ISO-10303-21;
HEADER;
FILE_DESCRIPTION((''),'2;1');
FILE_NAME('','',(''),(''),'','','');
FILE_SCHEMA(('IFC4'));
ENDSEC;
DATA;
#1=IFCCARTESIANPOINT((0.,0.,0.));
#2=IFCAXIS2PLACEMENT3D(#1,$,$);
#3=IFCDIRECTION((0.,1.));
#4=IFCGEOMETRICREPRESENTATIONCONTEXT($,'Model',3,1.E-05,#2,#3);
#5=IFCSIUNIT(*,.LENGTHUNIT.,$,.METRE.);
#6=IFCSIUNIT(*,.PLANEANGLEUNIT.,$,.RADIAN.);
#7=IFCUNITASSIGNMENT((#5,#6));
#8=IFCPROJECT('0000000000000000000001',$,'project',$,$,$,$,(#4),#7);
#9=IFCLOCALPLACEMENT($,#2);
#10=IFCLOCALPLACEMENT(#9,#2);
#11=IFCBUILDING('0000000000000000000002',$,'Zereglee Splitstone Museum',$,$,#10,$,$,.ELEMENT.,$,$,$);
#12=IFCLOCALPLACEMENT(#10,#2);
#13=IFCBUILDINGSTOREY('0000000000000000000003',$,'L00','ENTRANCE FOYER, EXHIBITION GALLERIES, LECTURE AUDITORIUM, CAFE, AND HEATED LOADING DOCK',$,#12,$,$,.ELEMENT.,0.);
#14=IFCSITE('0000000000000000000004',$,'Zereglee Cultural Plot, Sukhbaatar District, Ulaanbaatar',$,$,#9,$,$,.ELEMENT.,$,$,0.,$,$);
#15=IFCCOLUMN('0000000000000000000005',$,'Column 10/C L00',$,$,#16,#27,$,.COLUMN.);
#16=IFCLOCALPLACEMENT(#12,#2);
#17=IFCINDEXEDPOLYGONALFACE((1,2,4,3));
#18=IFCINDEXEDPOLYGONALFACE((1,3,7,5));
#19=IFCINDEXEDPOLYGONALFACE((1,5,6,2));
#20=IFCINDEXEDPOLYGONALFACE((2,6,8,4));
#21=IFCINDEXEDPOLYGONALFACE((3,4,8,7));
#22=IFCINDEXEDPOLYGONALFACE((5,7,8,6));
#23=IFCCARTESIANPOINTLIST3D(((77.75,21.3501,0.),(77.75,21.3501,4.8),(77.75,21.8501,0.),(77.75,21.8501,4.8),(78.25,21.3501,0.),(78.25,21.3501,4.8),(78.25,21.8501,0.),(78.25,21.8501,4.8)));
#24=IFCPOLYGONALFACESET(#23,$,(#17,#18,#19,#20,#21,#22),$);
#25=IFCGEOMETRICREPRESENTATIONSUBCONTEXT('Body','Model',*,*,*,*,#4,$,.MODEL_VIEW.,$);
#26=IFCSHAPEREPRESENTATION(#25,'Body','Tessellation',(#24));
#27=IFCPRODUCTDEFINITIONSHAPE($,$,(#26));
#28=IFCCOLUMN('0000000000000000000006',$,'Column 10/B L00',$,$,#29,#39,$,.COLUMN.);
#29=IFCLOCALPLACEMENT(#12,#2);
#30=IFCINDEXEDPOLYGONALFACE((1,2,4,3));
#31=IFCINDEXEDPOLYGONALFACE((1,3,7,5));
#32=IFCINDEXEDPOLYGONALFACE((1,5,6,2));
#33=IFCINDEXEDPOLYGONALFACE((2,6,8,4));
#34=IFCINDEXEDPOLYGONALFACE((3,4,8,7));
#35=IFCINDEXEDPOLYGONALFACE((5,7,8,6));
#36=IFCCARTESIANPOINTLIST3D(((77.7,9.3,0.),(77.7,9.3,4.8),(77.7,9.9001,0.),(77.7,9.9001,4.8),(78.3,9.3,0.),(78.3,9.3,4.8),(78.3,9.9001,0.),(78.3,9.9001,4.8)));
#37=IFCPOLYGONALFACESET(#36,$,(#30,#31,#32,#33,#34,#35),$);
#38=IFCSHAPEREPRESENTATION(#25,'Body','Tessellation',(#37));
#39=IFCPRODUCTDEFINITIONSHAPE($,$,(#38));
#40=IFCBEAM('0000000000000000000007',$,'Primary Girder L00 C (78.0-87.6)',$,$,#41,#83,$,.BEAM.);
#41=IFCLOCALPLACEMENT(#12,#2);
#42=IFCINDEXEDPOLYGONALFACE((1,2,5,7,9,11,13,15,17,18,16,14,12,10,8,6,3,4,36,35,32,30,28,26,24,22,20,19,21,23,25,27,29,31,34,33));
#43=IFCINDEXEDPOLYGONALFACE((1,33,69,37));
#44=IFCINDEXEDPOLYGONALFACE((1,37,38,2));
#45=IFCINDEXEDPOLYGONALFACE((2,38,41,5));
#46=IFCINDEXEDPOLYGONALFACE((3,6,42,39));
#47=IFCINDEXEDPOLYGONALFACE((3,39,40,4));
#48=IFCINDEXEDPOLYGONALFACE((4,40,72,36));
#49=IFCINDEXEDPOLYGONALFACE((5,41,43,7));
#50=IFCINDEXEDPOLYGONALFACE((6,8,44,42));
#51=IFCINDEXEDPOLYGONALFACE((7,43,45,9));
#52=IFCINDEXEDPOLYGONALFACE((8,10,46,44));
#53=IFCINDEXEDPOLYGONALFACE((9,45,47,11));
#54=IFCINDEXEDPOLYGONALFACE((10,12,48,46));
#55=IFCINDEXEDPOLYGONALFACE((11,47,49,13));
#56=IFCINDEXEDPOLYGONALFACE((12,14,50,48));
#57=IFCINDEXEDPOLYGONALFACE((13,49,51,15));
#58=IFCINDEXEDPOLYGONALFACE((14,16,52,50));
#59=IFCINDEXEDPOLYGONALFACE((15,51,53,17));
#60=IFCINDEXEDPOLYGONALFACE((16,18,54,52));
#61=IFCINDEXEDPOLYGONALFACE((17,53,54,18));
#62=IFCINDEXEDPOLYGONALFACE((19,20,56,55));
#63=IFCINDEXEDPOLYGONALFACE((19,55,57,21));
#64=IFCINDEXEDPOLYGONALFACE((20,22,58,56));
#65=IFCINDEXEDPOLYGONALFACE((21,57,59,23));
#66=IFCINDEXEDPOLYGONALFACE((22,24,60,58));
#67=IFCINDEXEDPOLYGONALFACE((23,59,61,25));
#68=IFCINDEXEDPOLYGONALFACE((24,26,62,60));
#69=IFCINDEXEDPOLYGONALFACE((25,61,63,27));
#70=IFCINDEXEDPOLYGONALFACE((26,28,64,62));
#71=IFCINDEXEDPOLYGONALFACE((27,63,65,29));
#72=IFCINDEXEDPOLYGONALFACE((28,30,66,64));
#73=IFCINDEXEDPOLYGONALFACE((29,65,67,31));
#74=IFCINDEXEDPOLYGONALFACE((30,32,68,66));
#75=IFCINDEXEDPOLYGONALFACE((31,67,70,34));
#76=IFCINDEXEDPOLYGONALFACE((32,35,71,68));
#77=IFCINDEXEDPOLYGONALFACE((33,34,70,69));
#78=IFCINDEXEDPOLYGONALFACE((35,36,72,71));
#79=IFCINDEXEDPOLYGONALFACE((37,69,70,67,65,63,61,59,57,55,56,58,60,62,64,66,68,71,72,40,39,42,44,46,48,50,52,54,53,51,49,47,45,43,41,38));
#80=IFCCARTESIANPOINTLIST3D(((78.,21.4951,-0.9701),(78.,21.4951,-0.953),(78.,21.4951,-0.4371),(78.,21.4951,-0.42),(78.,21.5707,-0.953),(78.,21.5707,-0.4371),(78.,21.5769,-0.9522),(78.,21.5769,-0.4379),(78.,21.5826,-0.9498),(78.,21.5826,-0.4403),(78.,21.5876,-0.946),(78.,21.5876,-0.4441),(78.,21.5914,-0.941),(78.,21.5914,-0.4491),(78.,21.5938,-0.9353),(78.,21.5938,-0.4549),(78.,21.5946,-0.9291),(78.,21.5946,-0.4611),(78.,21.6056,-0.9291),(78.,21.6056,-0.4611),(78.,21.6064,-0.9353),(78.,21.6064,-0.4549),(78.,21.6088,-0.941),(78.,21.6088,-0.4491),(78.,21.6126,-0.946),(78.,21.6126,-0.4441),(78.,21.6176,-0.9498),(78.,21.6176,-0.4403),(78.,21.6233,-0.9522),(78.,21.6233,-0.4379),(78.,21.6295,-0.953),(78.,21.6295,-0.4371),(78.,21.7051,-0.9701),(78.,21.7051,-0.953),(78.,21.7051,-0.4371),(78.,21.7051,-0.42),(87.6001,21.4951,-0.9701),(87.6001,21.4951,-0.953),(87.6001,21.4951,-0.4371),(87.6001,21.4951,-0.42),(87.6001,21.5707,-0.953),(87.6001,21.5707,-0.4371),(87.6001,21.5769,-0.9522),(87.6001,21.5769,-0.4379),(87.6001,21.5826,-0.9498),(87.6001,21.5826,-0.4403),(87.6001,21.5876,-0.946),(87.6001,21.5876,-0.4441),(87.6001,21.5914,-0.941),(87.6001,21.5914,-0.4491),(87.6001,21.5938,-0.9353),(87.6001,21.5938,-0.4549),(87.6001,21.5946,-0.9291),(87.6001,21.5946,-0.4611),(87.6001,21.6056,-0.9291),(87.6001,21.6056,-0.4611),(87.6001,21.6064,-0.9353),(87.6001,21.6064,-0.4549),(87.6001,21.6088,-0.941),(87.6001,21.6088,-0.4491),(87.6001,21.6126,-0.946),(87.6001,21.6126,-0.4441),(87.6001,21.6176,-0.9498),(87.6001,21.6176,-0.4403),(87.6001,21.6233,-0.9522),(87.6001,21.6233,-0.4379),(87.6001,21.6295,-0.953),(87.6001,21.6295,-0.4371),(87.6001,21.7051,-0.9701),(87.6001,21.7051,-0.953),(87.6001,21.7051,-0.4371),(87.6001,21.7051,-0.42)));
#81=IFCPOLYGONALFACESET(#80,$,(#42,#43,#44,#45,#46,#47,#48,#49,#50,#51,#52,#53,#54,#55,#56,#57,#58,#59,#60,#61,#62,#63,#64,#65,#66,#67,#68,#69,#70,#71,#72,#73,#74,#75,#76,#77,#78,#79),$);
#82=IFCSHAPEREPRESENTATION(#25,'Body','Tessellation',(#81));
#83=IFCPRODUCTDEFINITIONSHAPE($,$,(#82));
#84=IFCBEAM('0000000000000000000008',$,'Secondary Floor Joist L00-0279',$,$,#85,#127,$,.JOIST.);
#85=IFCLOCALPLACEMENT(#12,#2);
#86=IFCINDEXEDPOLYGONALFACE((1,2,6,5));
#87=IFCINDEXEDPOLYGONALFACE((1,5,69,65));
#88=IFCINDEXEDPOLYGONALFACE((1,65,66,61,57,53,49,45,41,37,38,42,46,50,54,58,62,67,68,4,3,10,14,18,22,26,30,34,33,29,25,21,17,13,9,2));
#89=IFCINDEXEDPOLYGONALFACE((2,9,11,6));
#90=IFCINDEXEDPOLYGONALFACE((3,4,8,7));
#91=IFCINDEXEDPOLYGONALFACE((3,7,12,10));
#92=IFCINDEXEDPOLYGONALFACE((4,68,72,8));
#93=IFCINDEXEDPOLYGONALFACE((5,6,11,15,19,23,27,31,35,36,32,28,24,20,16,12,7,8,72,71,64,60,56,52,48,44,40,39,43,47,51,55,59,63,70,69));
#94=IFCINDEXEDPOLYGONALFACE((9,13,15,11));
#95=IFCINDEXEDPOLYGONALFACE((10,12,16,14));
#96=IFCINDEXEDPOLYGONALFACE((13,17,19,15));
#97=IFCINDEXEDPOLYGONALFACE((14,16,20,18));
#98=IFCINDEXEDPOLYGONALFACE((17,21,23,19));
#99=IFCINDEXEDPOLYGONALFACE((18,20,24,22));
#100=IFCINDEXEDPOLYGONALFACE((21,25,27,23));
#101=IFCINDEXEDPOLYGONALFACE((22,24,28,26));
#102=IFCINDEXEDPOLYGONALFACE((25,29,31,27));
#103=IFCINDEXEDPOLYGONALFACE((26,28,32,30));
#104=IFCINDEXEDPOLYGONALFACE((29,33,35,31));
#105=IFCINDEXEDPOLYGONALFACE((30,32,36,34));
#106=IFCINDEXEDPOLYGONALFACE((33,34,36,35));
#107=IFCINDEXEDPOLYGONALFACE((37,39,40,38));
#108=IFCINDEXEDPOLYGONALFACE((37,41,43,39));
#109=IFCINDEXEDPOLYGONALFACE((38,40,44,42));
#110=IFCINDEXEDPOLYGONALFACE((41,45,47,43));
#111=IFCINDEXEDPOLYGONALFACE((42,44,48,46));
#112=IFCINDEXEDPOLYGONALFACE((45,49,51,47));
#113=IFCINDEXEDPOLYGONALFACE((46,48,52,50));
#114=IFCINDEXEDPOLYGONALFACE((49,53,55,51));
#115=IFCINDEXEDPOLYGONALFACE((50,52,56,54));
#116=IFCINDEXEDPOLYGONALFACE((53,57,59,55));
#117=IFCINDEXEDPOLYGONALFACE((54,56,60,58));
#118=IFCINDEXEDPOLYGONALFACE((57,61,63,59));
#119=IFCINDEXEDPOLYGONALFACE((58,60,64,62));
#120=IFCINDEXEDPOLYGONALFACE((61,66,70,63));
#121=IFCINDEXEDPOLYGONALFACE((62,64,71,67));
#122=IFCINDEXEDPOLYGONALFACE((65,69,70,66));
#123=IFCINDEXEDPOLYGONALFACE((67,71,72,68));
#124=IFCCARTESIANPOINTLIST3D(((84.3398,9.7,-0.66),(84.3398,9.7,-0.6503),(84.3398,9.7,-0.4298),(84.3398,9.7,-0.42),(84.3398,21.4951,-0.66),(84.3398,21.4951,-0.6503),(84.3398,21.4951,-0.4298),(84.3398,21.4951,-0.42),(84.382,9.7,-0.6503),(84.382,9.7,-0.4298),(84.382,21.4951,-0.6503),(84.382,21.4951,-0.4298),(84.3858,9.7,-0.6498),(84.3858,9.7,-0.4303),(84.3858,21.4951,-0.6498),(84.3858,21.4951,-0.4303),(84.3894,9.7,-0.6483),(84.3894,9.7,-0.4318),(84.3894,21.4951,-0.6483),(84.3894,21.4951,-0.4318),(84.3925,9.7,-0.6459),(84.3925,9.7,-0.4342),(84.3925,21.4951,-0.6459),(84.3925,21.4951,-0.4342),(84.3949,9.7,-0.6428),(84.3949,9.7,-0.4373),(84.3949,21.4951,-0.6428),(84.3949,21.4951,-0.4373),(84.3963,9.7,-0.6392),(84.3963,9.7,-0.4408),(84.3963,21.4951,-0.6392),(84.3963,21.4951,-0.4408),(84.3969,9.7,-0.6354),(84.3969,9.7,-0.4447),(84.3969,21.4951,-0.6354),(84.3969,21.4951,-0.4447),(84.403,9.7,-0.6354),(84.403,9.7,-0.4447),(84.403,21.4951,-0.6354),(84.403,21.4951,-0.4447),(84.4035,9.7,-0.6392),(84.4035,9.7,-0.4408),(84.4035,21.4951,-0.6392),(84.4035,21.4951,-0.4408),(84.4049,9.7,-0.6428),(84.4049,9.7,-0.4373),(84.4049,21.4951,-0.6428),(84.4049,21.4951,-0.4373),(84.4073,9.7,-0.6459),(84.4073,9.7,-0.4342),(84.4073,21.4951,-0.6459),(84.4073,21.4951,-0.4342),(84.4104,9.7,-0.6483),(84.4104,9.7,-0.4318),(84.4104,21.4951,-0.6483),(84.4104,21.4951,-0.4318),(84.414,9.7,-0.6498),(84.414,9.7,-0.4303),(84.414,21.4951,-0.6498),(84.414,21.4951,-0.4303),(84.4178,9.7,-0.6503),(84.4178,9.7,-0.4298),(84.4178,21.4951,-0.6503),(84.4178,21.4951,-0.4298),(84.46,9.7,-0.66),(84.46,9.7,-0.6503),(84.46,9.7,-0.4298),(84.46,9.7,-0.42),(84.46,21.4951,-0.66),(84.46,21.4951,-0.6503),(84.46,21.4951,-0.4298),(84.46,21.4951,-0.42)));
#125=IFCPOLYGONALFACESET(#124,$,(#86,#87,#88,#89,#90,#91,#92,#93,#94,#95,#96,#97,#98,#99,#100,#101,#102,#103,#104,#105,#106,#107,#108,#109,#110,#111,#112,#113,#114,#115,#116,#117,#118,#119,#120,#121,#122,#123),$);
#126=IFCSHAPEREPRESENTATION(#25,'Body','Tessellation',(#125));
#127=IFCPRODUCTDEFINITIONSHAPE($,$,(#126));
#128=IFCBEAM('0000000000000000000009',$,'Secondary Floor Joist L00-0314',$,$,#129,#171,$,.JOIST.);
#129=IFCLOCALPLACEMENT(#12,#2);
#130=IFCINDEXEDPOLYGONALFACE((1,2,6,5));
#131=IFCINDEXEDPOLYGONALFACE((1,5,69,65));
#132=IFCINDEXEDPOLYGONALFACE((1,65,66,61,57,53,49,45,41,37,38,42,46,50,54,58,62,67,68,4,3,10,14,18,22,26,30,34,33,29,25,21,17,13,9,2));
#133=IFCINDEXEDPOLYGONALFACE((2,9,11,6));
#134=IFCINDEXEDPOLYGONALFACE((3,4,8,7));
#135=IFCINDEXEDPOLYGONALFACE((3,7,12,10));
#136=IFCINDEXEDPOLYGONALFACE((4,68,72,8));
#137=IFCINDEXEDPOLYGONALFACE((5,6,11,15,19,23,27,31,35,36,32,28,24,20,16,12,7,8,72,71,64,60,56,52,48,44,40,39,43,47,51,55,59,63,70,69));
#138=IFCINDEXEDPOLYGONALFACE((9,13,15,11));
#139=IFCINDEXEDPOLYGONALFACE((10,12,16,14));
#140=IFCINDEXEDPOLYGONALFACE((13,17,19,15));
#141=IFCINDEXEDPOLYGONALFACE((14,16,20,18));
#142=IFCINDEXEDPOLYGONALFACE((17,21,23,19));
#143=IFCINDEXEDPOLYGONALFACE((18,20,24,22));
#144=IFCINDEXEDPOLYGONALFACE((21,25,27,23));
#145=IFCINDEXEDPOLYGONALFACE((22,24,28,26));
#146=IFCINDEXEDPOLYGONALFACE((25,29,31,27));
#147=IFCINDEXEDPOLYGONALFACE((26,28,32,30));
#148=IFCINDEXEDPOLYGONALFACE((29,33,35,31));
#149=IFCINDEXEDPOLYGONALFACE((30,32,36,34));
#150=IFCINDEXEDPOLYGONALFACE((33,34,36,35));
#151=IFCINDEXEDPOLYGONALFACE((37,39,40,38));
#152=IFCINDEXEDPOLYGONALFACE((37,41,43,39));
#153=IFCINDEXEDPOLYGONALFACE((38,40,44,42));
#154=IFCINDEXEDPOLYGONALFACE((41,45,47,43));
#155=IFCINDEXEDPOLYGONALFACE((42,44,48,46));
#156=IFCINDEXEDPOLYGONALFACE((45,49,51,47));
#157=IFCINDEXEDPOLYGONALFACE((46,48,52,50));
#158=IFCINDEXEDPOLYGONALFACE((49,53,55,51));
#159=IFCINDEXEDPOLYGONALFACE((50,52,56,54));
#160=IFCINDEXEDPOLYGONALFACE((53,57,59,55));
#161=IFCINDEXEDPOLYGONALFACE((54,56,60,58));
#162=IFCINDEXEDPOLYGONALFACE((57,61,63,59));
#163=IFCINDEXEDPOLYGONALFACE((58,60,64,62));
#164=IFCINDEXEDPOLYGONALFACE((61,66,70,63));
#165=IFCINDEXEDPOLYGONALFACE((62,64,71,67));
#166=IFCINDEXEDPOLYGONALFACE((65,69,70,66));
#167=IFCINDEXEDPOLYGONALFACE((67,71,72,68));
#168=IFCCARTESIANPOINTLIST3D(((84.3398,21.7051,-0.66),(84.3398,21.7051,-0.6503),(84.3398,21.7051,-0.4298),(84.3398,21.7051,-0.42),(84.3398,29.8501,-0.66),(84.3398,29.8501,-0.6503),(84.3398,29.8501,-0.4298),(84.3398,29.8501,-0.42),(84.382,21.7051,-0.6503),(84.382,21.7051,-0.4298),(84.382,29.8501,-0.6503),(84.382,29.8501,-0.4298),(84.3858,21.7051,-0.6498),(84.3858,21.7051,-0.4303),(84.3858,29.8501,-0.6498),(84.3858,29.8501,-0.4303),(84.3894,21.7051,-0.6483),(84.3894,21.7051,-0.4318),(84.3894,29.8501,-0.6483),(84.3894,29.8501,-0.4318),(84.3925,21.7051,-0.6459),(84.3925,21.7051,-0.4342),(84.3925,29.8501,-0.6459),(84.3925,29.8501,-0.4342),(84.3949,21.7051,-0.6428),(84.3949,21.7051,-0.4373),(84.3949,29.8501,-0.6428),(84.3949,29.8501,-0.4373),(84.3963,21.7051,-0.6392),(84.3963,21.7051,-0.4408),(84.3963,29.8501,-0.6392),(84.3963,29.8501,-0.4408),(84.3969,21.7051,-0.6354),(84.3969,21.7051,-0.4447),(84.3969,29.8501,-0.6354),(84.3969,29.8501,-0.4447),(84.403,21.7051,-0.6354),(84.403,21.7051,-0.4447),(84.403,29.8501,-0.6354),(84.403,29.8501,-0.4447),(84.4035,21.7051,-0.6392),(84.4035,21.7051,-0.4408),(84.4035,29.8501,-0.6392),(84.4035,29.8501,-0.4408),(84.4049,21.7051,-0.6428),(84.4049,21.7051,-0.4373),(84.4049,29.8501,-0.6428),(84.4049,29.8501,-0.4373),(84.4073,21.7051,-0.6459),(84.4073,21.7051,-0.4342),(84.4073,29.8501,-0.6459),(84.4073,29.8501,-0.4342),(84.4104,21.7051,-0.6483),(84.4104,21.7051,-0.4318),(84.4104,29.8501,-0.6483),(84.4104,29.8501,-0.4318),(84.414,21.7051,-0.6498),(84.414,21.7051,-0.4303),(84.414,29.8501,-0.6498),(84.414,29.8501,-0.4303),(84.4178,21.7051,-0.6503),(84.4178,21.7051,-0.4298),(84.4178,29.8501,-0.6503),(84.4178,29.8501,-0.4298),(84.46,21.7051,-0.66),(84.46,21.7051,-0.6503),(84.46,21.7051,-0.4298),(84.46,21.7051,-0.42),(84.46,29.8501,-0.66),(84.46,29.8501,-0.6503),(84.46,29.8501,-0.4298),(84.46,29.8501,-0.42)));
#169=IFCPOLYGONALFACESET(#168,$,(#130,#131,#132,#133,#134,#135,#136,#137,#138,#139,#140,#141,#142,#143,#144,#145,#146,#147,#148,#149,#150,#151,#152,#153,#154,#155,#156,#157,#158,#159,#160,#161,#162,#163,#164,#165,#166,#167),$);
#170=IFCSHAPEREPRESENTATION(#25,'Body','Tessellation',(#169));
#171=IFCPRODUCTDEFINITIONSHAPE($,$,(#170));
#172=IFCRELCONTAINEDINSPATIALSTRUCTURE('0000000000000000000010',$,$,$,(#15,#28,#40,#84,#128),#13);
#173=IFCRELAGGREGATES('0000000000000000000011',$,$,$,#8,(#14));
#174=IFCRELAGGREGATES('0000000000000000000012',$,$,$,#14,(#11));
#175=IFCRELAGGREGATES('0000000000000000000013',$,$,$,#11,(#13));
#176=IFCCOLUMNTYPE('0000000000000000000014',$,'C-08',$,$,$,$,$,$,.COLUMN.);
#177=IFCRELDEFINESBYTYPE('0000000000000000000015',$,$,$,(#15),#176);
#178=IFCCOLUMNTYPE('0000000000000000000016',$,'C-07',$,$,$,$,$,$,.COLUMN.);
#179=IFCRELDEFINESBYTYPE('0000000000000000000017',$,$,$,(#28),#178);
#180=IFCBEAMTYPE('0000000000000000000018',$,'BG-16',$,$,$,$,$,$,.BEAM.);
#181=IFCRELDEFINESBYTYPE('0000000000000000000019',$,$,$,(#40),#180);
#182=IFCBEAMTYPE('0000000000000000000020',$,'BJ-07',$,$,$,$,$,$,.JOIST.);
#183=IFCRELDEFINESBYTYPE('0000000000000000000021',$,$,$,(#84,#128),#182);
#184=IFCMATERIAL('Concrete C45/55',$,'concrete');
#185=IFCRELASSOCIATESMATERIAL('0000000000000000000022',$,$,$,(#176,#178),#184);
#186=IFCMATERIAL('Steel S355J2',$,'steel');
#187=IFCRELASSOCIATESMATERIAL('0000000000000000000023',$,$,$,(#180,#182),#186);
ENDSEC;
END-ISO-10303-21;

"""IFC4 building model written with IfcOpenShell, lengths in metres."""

from ifc_helpers import new_model, si_unit, direction, frame, origin, origin_2d, place, context, subcontext, project, spatial, rectangle, i_section, extrude, material, material_profile, profile_set, type_object, element, save


model = new_model("IFC4")

# Units and contexts
model_context = context("Model", 3, precision=1e-05, world=origin(), true_north=direction((0.0, 1.0)))
body_context = subcontext(model_context, "Body", "Model", "MODEL_VIEW")
ifc_project = project(units=[si_unit("LENGTHUNIT", "METRE"), si_unit("PLANEANGLEUNIT", "RADIAN")], contexts=[model_context])

# Site, building, storey
site_placement = place(None, origin())
site = spatial("IfcSite", under=ifc_project, at=site_placement, Name="Zereglee Cultural Plot, Sukhbaatar District, Ulaanbaatar", CompositionType="ELEMENT", RefElevation=0.0)
building_placement = place(site_placement, origin())
building = spatial("IfcBuilding", under=site, at=building_placement, Name="Zereglee Splitstone Museum", CompositionType="ELEMENT")
storey_placement = place(building_placement, origin())
storey = spatial("IfcBuildingStorey", under=building, at=storey_placement, Name="L00", Description="ENTRANCE FOYER, EXHIBITION GALLERIES, LECTURE AUDITORIUM, CAFE, AND HEATED LOADING DOCK", CompositionType="ELEMENT", Elevation=0.0)

# Columns
ifc_material_1 = material(Name="Concrete C45/55", Category="concrete")
ifc_material_profile_1 = material_profile(ifc_material_1, rectangle(XDim=0.5, YDim=0.5, at=origin_2d()), Name="RC 500x500")
ifc_profile_set_1 = profile_set([ifc_material_profile_1], Name="Concrete C45/55")
column_type_1 = type_object("IfcColumnType", Name="C-08", PredefinedType="COLUMN", material=ifc_profile_set_1)
column_1_placement = place(storey_placement, frame((78.0, 21.6001, 0.0), z_axis=(0.0, 0.0, 1.0), x_axis=(1.0, 0.0, 0.0)))
element("IfcColumn", 1, at=column_1_placement, inside=storey, type_object=column_type_1, Name="Column 10/C L00", PredefinedType="COLUMN", context=body_context, shape_type="SweptSolid", body=[
    extrude(rectangle(XDim=0.5, YDim=0.5, at=origin_2d()), origin(), (0.0, 0.0, 1.0), 4.8),
])
ifc_material_profile_2 = material_profile(ifc_material_1, rectangle(XDim=0.6001, YDim=0.6001, at=origin_2d()), Name="RC 600x600")
ifc_profile_set_2 = profile_set([ifc_material_profile_2], Name="Concrete C45/55")
column_type_2 = type_object("IfcColumnType", Name="C-07", PredefinedType="COLUMN", material=ifc_profile_set_2)
column_2_placement = place(storey_placement, frame((78.0, 9.6001, 0.0), z_axis=(0.0, 0.0, 1.0), x_axis=(1.0, 0.0, 0.0)))
element("IfcColumn", 2, at=column_2_placement, inside=storey, type_object=column_type_2, Name="Column 10/B L00", PredefinedType="COLUMN", context=body_context, shape_type="SweptSolid", body=[
    extrude(rectangle(XDim=0.6001, YDim=0.6001, at=origin_2d()), origin(), (0.0, 0.0, 1.0), 4.8),
])

# Beams
ifc_material_2 = material(Name="Steel S355J2", Category="steel")
ifc_material_profile_3 = material_profile(ifc_material_2, i_section(OverallWidth=0.21, OverallDepth=0.55, WebThickness=0.011, FlangeThickness=0.0171, FilletRadius=0.0239, at=origin_2d()), Name="IPE 550")
ifc_profile_set_3 = profile_set([ifc_material_profile_3], Name="Steel S355J2")
beam_type_1 = type_object("IfcBeamType", Name="BG-16", PredefinedType="BEAM", material=ifc_profile_set_3)
beam_1_placement = place(storey_placement, frame((78.0, 21.6001, -0.6951), z_axis=(1.0, 0.0, 0.0), x_axis=(0.0, 1.0, 0.0)))
element("IfcBeam", 3, at=beam_1_placement, inside=storey, type_object=beam_type_1, Name="Primary Girder L00 C (78.0-87.6)", PredefinedType="BEAM", context=body_context, shape_type="SweptSolid", body=[
    extrude(i_section(OverallWidth=0.21, OverallDepth=0.55, WebThickness=0.011, FlangeThickness=0.0171, FilletRadius=0.0239, at=origin_2d()), origin(), (0.0, 0.0, 1.0), 9.6001),
])
ifc_material_profile_4 = material_profile(ifc_material_2, i_section(OverallWidth=0.1201, OverallDepth=0.24, WebThickness=0.0061, FlangeThickness=0.0098, FilletRadius=0.0149, at=origin_2d()), Name="IPE 240")
ifc_profile_set_4 = profile_set([ifc_material_profile_4], Name="Steel S355J2")
beam_type_2 = type_object("IfcBeamType", Name="BJ-07", PredefinedType="JOIST", material=ifc_profile_set_4)
beam_2_placement = place(storey_placement, frame((84.3999, 9.7, -0.54), z_axis=(0.0, 1.0, 0.0), x_axis=(-1.0, 0.0, 0.0)))
element("IfcBeam", 4, at=beam_2_placement, inside=storey, type_object=beam_type_2, Name="Secondary Floor Joist L00-0279", PredefinedType="JOIST", context=body_context, shape_type="SweptSolid", body=[
    extrude(i_section(OverallWidth=0.1201, OverallDepth=0.24, WebThickness=0.0061, FlangeThickness=0.0098, FilletRadius=0.0149, at=origin_2d()), origin(), (0.0, 0.0, 1.0), 11.7952),
])
beam_3_placement = place(storey_placement, frame((84.3999, 21.7051, -0.54), z_axis=(0.0, 1.0, 0.0), x_axis=(-1.0, 0.0, 0.0)))
element("IfcBeam", 5, at=beam_3_placement, inside=storey, type_object=beam_type_2, Name="Secondary Floor Joist L00-0314", PredefinedType="JOIST", context=body_context, shape_type="SweptSolid", body=[
    extrude(i_section(OverallWidth=0.1201, OverallDepth=0.24, WebThickness=0.0061, FlangeThickness=0.0098, FilletRadius=0.0149, at=origin_2d()), origin(), (0.0, 0.0, 1.0), 8.145),
])

save(model, "model.ifc")
